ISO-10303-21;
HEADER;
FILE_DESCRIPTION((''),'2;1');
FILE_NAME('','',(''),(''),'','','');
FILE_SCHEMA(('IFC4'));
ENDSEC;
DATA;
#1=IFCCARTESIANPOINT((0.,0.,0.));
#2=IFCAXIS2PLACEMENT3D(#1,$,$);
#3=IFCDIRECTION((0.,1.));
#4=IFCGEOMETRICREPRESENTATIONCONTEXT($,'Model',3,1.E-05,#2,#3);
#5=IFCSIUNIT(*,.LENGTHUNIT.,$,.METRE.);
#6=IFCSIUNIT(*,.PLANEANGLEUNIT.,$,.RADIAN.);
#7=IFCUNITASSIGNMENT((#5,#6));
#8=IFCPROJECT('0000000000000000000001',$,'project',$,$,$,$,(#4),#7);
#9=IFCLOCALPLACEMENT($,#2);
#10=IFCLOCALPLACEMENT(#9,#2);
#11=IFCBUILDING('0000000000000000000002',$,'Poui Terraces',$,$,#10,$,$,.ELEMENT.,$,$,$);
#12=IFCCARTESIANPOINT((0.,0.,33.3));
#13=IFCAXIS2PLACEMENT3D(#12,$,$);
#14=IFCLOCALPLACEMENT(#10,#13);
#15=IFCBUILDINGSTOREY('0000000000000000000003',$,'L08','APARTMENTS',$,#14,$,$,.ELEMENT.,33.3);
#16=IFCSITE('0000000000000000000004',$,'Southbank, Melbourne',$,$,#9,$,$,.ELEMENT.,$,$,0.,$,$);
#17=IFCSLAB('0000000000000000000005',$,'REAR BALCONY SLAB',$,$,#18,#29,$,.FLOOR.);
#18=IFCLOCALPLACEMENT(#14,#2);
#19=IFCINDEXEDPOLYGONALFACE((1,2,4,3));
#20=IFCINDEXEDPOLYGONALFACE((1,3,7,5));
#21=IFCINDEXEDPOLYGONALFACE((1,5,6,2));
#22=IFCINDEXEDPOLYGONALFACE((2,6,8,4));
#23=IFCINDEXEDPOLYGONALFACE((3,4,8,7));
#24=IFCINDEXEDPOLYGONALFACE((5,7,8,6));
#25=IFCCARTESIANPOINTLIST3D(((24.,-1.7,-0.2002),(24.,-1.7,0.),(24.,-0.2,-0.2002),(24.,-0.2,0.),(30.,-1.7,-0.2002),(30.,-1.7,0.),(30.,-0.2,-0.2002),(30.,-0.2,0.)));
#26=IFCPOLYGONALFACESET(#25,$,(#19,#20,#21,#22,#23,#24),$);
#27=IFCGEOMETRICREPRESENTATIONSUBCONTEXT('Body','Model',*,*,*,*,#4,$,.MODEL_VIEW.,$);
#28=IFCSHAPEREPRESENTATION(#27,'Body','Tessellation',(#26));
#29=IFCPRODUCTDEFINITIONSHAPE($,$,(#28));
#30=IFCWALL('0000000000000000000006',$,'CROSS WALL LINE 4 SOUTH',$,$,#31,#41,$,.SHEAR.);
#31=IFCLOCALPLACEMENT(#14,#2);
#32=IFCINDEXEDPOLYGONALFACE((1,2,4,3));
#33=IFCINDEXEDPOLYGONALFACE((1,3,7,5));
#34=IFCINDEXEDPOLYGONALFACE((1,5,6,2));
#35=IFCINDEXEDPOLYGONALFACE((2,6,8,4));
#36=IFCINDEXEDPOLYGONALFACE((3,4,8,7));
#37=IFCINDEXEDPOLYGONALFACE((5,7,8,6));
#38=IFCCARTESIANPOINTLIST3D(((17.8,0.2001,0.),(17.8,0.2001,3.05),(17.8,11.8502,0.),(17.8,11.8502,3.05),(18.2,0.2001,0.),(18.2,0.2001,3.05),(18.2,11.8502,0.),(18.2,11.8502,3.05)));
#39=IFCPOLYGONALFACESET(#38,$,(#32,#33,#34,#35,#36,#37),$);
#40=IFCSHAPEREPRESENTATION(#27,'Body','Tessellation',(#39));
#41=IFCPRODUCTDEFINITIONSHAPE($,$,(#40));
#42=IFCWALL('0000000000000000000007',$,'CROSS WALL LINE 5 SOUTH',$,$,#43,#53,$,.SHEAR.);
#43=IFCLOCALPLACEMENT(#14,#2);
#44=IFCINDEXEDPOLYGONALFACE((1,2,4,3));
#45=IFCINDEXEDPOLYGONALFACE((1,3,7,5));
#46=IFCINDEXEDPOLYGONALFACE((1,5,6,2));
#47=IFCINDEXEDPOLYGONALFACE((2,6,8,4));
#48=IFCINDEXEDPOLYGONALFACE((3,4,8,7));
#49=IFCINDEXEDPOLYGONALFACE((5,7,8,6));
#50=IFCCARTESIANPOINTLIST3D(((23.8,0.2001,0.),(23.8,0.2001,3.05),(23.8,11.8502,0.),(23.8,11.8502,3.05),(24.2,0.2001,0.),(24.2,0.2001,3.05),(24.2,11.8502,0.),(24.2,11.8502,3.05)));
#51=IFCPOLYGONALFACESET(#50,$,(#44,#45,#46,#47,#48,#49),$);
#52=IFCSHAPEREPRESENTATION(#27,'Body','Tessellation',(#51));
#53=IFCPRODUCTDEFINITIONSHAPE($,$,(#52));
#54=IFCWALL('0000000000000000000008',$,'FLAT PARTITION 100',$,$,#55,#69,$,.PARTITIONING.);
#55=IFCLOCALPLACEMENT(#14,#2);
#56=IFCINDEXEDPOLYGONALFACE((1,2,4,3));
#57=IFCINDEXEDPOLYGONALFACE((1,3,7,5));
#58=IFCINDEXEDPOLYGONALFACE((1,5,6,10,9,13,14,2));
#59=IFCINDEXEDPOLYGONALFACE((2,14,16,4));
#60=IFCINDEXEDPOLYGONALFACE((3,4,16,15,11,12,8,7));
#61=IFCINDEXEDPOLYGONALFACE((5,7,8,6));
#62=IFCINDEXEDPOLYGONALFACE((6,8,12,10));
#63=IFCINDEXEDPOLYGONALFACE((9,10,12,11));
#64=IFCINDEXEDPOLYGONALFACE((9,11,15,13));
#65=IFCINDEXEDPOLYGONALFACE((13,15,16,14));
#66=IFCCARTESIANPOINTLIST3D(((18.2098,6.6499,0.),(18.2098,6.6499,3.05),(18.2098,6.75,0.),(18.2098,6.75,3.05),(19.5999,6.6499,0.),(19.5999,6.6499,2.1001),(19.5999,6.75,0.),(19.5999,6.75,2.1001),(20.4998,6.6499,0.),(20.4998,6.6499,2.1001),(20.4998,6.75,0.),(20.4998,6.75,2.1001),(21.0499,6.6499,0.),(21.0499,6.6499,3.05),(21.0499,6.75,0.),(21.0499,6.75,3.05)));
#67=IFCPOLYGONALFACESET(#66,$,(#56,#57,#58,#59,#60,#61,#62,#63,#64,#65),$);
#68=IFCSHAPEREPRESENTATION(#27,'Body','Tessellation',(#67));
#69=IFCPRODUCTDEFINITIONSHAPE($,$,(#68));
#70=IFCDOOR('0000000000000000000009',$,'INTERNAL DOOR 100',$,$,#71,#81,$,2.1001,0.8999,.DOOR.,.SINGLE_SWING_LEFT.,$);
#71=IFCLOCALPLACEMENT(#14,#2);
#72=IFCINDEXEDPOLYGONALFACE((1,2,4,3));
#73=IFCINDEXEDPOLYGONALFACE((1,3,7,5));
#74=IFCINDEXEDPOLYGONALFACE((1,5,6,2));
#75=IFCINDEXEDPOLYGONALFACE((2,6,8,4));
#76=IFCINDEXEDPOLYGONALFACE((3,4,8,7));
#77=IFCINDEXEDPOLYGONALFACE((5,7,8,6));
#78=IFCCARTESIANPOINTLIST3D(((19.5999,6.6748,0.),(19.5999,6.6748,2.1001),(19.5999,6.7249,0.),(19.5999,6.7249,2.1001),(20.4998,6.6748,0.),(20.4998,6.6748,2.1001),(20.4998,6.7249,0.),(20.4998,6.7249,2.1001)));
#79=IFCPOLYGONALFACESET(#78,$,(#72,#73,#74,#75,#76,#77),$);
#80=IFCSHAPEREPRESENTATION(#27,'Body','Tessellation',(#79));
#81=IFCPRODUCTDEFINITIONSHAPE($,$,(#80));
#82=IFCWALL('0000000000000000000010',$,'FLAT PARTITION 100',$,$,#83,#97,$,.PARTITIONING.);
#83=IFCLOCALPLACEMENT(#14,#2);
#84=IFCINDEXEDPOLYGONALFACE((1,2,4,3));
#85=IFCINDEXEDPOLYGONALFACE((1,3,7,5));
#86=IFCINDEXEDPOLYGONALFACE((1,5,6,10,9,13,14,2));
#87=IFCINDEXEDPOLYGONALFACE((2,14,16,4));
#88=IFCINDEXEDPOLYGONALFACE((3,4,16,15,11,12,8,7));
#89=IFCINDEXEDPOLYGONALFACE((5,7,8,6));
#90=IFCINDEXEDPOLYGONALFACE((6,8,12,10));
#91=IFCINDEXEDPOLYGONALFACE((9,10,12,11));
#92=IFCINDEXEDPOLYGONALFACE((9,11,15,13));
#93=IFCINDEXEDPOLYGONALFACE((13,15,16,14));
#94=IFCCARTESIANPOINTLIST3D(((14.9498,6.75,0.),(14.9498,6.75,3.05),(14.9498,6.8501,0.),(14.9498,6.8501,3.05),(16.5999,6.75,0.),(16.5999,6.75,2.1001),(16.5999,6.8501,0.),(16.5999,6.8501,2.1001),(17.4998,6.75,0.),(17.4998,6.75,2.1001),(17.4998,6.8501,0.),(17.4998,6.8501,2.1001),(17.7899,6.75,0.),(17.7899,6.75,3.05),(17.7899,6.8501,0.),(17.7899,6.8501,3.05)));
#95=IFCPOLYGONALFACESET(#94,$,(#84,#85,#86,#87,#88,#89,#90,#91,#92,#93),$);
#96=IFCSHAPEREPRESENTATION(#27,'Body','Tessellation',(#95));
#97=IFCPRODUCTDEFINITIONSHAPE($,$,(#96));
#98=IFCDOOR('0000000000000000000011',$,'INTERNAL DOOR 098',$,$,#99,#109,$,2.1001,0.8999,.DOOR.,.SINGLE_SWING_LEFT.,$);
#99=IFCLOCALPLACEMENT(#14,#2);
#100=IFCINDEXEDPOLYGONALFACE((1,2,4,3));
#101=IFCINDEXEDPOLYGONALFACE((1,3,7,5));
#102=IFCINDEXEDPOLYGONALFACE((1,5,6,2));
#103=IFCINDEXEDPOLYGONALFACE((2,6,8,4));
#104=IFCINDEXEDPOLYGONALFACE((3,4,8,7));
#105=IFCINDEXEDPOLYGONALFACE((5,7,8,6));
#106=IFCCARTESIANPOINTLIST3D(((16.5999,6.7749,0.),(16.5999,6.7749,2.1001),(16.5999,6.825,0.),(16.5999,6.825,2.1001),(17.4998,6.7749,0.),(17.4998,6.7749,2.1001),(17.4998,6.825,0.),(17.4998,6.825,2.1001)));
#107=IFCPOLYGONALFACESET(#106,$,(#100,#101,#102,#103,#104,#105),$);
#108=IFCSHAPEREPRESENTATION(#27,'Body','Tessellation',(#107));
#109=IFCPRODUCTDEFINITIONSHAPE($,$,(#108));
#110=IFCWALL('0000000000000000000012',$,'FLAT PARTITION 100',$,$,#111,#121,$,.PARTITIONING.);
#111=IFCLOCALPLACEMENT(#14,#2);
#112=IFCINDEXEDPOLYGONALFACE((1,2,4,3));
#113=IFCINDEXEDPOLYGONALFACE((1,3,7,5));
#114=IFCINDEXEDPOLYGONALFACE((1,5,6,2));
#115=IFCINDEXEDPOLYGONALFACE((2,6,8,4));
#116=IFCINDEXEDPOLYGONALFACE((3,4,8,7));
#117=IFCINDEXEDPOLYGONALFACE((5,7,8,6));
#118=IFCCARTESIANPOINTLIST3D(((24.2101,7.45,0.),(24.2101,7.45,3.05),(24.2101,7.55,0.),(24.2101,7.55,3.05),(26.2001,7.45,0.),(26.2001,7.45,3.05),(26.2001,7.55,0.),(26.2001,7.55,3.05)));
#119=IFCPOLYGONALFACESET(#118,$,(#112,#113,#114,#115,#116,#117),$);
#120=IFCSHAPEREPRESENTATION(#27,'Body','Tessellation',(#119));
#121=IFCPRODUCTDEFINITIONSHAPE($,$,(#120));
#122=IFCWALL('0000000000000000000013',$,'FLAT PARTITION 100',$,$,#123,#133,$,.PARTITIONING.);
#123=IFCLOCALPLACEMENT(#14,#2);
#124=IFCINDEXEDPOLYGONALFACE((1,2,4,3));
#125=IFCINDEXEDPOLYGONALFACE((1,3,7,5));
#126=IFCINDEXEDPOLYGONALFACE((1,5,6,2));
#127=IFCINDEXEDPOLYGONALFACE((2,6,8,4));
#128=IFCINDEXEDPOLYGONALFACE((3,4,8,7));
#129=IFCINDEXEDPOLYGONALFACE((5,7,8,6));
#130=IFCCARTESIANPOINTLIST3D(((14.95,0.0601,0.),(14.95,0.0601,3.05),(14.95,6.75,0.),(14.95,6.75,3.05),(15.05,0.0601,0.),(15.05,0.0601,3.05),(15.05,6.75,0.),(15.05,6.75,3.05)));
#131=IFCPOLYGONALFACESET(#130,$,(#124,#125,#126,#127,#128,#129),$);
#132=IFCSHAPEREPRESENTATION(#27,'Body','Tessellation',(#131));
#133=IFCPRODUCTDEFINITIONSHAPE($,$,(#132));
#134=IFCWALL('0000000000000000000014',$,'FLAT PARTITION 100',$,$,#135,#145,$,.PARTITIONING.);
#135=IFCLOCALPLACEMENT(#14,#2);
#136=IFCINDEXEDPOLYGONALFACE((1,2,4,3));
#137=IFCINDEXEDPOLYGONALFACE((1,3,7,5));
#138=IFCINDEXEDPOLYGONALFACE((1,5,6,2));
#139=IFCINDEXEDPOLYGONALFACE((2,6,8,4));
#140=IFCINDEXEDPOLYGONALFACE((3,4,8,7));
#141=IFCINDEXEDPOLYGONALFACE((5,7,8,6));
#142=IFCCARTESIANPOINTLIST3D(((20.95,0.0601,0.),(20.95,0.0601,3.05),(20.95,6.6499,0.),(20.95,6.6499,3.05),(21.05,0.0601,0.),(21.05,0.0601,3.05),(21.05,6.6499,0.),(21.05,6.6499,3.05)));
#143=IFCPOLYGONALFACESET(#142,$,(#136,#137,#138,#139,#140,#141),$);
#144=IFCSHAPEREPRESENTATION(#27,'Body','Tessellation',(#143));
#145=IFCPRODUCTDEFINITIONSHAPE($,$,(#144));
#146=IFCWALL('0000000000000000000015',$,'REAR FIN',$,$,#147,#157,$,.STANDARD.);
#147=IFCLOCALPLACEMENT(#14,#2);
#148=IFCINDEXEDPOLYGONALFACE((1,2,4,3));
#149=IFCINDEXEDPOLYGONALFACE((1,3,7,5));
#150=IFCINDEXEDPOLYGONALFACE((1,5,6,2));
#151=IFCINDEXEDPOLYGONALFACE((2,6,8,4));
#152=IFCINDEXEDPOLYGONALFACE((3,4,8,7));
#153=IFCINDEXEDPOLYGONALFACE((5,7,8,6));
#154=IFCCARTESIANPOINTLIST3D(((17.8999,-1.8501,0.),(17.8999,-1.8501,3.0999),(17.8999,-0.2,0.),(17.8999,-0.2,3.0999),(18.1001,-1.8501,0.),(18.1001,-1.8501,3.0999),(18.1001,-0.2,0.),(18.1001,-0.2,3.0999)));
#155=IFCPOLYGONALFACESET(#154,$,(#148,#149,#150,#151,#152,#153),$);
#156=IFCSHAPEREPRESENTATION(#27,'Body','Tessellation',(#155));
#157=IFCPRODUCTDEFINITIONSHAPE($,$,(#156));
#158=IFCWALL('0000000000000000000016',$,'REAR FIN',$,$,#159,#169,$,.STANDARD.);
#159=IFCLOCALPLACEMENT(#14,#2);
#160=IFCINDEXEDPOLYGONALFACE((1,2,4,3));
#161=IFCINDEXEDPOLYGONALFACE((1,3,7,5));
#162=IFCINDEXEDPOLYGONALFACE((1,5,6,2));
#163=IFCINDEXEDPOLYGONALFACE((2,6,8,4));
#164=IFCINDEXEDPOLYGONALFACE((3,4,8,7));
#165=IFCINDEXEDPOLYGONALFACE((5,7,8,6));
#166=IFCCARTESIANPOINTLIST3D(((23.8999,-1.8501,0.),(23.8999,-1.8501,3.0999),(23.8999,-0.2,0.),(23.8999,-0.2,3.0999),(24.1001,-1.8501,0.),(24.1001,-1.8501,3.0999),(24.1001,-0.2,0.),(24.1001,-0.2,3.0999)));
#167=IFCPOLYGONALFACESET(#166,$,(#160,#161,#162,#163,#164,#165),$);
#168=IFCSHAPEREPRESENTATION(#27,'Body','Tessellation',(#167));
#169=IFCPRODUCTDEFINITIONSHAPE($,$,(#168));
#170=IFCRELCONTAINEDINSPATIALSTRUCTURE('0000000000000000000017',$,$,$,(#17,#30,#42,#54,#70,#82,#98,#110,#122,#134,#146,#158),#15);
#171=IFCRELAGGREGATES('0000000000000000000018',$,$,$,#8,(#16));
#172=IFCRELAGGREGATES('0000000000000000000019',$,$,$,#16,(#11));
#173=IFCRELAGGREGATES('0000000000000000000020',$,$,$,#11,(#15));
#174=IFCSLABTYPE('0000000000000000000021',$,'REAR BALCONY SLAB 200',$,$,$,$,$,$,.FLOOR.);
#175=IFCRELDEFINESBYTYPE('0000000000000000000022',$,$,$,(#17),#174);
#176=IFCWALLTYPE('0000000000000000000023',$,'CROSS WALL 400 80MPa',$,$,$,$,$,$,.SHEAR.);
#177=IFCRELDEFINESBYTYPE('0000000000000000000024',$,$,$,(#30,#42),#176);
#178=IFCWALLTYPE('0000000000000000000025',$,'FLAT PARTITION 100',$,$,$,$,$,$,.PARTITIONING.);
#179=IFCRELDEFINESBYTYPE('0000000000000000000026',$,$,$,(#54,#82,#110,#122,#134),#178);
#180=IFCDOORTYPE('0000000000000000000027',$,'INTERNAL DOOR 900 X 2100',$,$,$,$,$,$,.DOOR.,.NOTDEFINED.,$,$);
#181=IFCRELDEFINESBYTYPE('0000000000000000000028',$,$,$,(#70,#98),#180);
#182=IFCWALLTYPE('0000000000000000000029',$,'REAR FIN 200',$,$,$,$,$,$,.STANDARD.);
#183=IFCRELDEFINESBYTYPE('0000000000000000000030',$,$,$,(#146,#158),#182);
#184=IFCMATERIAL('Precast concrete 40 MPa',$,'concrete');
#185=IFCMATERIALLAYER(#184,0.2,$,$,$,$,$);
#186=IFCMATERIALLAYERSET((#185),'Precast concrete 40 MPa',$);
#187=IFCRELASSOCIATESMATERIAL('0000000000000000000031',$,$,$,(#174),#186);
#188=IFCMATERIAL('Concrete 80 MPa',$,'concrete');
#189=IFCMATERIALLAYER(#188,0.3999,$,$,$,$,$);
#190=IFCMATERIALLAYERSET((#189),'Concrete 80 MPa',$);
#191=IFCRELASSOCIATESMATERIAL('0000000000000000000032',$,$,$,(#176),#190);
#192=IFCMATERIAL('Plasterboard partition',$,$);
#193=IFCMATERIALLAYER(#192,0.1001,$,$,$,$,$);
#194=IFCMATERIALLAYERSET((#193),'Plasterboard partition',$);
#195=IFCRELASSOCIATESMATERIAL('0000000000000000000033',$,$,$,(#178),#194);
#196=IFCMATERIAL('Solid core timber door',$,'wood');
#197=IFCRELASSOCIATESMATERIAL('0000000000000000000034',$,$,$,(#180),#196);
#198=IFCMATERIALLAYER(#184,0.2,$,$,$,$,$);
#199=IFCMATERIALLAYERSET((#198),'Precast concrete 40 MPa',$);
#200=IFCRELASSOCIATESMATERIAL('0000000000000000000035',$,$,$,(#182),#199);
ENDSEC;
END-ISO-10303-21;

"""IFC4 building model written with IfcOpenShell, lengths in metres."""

from ifc_helpers import new_model, si_unit, direction, frame, frame_2d, origin, place, context, subcontext, project, spatial, polyline, rectangle, outline, extrude, source, transform, mapped, material, layer, layer_set, type_object, element, fill, save


model = new_model("IFC4")

# Units and contexts
model_context = context("Model", 3, precision=1e-05, world=origin(), true_north=direction((0.0, 1.0)))
body_context = subcontext(model_context, "Body", "Model", "MODEL_VIEW")
ifc_project = project(units=[si_unit("LENGTHUNIT", "METRE"), si_unit("PLANEANGLEUNIT", "RADIAN")], contexts=[model_context])

# Site, building, storey
site_placement = place(None, origin())
site = spatial("IfcSite", under=ifc_project, at=site_placement, Name="Southbank, Melbourne", CompositionType="ELEMENT", RefElevation=0.0)
building_placement = place(site_placement, origin())
building = spatial("IfcBuilding", under=site, at=building_placement, Name="Poui Terraces", CompositionType="ELEMENT")
storey_placement = place(building_placement, frame((0.0, 0.0, 33.3)))
storey = spatial("IfcBuildingStorey", under=building, at=storey_placement, Name="L08", Description="APARTMENTS", CompositionType="ELEMENT", Elevation=33.3)

# Slab
ifc_material_1 = material(Name="Precast concrete 40 MPa", Category="concrete")
ifc_layer_1 = layer(ifc_material_1, 0.2)
ifc_layer_set_1 = layer_set([ifc_layer_1], Name="Precast concrete 40 MPa")
slab_type = type_object("IfcSlabType", Name="REAR BALCONY SLAB 200", PredefinedType="FLOOR", material=ifc_layer_set_1)
shared_shape_1 = source(origin(), body_context, "Body", "SweptSolid", [
    extrude(outline(polyline([(0.0, 0.0), (6.0, 0.0), (6.0, 1.5), (0.0, 1.5), (0.0, 0.0)])), origin(), (0.0, 0.0, 1.0), 0.2002),
])
slab_placement = place(storey_placement, frame((24.0, -1.7, -0.2002)))
element("IfcSlab", 1, at=slab_placement, inside=storey, type_object=slab_type, Name="REAR BALCONY SLAB", PredefinedType="FLOOR", context=body_context, shape_type="MappedRepresentation", body=[
    mapped(shared_shape_1, transform((0.0, 0.0, 0.0))),
])

# Walls
ifc_material_2 = material(Name="Concrete 80 MPa", Category="concrete")
ifc_layer_2 = layer(ifc_material_2, 0.3999)
ifc_layer_set_2 = layer_set([ifc_layer_2], Name="Concrete 80 MPa")
wall_type_1 = type_object("IfcWallType", Name="CROSS WALL 400 80MPa", PredefinedType="SHEAR", material=ifc_layer_set_2)
for number, where, z_axis, x_axis, name in (
    (2, (18.0, 0.2, 0.0), (0.0, 0.0, 1.0), (0.0, 1.0, 0.0), "CROSS WALL LINE 4 SOUTH"),
    (3, (24.0, 0.2, 0.0), (0.0, 0.0, 1.0), (0.0, 1.0, 0.0), "CROSS WALL LINE 5 SOUTH"),
):
    element("IfcWall", number, at=place(storey_placement, frame(where, z_axis=z_axis, x_axis=x_axis)), inside=storey, type_object=wall_type_1, Name=name, PredefinedType="SHEAR", context=body_context, shape_type="SweptSolid", body=[
        extrude(rectangle(XDim=11.6501, YDim=0.3999, at=frame_2d((5.8252, 0.0))), origin(), (0.0, 0.0, 1.0), 3.05),
    ])

# Walls, openings, doors
ifc_material_3 = material(Name="Plasterboard partition")
ifc_layer_3 = layer(ifc_material_3, 0.1001)
ifc_layer_set_3 = layer_set([ifc_layer_3], Name="Plasterboard partition")
wall_type_2 = type_object("IfcWallType", Name="FLAT PARTITION 100", PredefinedType="PARTITIONING", material=ifc_layer_set_3)
wall_1_placement = place(storey_placement, frame((18.21, 6.7, 0.0), z_axis=(0.0, 0.0, 1.0), x_axis=(1.0, 0.0, 0.0)))
wall_1 = element("IfcWall", 4, at=wall_1_placement, inside=storey, type_object=wall_type_2, Name="FLAT PARTITION 100", PredefinedType="PARTITIONING", context=body_context, shape_type="SweptSolid", body=[
    extrude(rectangle(XDim=2.8401, YDim=0.1001, at=frame_2d((1.4199, 0.0))), origin(), (0.0, 0.0, 1.0), 3.05),
])
opening_1_placement = place(wall_1_placement, frame((1.3899, 0.0, 0.0)))
opening_1 = element("IfcOpeningElement", 5, at=opening_1_placement, cuts=wall_1, PredefinedType="OPENING", context=body_context, shape_type="SweptSolid", body=[
    extrude(rectangle(XDim=0.8999, YDim=2.1001, at=frame_2d((0.45, 1.05))), frame((0.0, 0.0601, 0.0), z_axis=(0.0, -1.0, 0.0), x_axis=(1.0, 0.0, 0.0)), (0.0, 0.0, 1.0), 0.1201),
])
ifc_material_4 = material(Name="Solid core timber door", Category="wood")
door_type = type_object("IfcDoorType", Name="INTERNAL DOOR 900 X 2100", OperationType="NOTDEFINED", PredefinedType="DOOR", material=ifc_material_4)
door_1_placement = place(opening_1_placement, origin())
door_1 = element("IfcDoor", 6, at=door_1_placement, inside=storey, type_object=door_type, Name="INTERNAL DOOR 100", OperationType="SINGLE_SWING_LEFT", OverallHeight=2.1001, OverallWidth=0.8999, PredefinedType="DOOR", context=body_context, shape_type="SweptSolid", body=[
    extrude(rectangle(XDim=0.8999, YDim=2.1001, at=frame_2d((0.45, 1.05))), frame((0.0, 0.0249, 0.0), z_axis=(0.0, -1.0, 0.0), x_axis=(1.0, 0.0, 0.0)), (0.0, 0.0, 1.0), 0.05),
])
fill(opening_1, door_1)
wall_2_placement = place(storey_placement, frame((14.95, 6.8, 0.0), z_axis=(0.0, 0.0, 1.0), x_axis=(1.0, 0.0, 0.0)))
wall_2 = element("IfcWall", 7, at=wall_2_placement, inside=storey, type_object=wall_type_2, Name="FLAT PARTITION 100", PredefinedType="PARTITIONING", context=body_context, shape_type="SweptSolid", body=[
    extrude(rectangle(XDim=2.8401, YDim=0.1001, at=frame_2d((1.4199, 0.0))), origin(), (0.0, 0.0, 1.0), 3.05),
])
opening_2_placement = place(wall_2_placement, frame((1.6499, 0.0, 0.0)))
opening_2 = element("IfcOpeningElement", 8, at=opening_2_placement, cuts=wall_2, PredefinedType="OPENING", context=body_context, shape_type="SweptSolid", body=[
    extrude(rectangle(XDim=0.8999, YDim=2.1001, at=frame_2d((0.45, 1.05))), frame((0.0, 0.0601, 0.0), z_axis=(0.0, -1.0, 0.0), x_axis=(1.0, 0.0, 0.0)), (0.0, 0.0, 1.0), 0.1201),
])
door_2_placement = place(opening_2_placement, origin())
door_2 = element("IfcDoor", 9, at=door_2_placement, inside=storey, type_object=door_type, Name="INTERNAL DOOR 098", OperationType="SINGLE_SWING_LEFT", OverallHeight=2.1001, OverallWidth=0.8999, PredefinedType="DOOR", context=body_context, shape_type="SweptSolid", body=[
    extrude(rectangle(XDim=0.8999, YDim=2.1001, at=frame_2d((0.45, 1.05))), frame((0.0, 0.0249, 0.0), z_axis=(0.0, -1.0, 0.0), x_axis=(1.0, 0.0, 0.0)), (0.0, 0.0, 1.0), 0.05),
])
fill(opening_2, door_2)

# Walls
wall_3_placement = place(storey_placement, frame((24.21, 7.5, 0.0), z_axis=(0.0, 0.0, 1.0), x_axis=(1.0, 0.0, 0.0)))
element("IfcWall", 10, at=wall_3_placement, inside=storey, type_object=wall_type_2, Name="FLAT PARTITION 100", PredefinedType="PARTITIONING", context=body_context, shape_type="SweptSolid", body=[
    extrude(rectangle(XDim=1.99, YDim=0.1001, at=frame_2d((0.9951, 0.0))), origin(), (0.0, 0.0, 1.0), 3.05),
])
wall_4_placement = place(storey_placement, frame((15.0, 0.0601, 0.0), z_axis=(0.0, 0.0, 1.0), x_axis=(0.0, 1.0, 0.0)))
element("IfcWall", 11, at=wall_4_placement, inside=storey, type_object=wall_type_2, Name="FLAT PARTITION 100", PredefinedType="PARTITIONING", context=body_context, shape_type="SweptSolid", body=[
    extrude(rectangle(XDim=6.6899, YDim=0.1001, at=frame_2d((3.345, 0.0))), origin(), (0.0, 0.0, 1.0), 3.05),
])
wall_5_placement = place(storey_placement, frame((21.0, 0.0601, 0.0), z_axis=(0.0, 0.0, 1.0), x_axis=(0.0, 1.0, 0.0)))
element("IfcWall", 12, at=wall_5_placement, inside=storey, type_object=wall_type_2, Name="FLAT PARTITION 100", PredefinedType="PARTITIONING", context=body_context, shape_type="SweptSolid", body=[
    extrude(rectangle(XDim=6.5898, YDim=0.1001, at=frame_2d((3.2949, 0.0))), origin(), (0.0, 0.0, 1.0), 3.05),
])
ifc_layer_4 = layer(ifc_material_1, 0.2)
ifc_layer_set_4 = layer_set([ifc_layer_4], Name="Precast concrete 40 MPa")
wall_type_3 = type_object("IfcWallType", Name="REAR FIN 200", PredefinedType="STANDARD", material=ifc_layer_set_4)
shared_shape_2 = source(origin(), body_context, "Body", "SweptSolid", [
    extrude(outline(polyline([(0.0, 0.0), (0.2002, 0.0), (0.2002, 1.6501), (0.0, 1.6501), (0.0, 0.0)])), origin(), (0.0, 0.0, 1.0), 3.0999),
])
for number, where, name in (
    (13, (17.8999, -1.8501, 0.0), "REAR FIN"),
    (14, (23.8999, -1.8501, 0.0), "REAR FIN"),
):
    element("IfcWall", number, at=place(storey_placement, frame(where)), inside=storey, type_object=wall_type_3, Name=name, PredefinedType="STANDARD", context=body_context, shape_type="MappedRepresentation", body=[
        mapped(shared_shape_2, transform((0.0, 0.0, 0.0))),
    ])

save(model, "model.ifc")
